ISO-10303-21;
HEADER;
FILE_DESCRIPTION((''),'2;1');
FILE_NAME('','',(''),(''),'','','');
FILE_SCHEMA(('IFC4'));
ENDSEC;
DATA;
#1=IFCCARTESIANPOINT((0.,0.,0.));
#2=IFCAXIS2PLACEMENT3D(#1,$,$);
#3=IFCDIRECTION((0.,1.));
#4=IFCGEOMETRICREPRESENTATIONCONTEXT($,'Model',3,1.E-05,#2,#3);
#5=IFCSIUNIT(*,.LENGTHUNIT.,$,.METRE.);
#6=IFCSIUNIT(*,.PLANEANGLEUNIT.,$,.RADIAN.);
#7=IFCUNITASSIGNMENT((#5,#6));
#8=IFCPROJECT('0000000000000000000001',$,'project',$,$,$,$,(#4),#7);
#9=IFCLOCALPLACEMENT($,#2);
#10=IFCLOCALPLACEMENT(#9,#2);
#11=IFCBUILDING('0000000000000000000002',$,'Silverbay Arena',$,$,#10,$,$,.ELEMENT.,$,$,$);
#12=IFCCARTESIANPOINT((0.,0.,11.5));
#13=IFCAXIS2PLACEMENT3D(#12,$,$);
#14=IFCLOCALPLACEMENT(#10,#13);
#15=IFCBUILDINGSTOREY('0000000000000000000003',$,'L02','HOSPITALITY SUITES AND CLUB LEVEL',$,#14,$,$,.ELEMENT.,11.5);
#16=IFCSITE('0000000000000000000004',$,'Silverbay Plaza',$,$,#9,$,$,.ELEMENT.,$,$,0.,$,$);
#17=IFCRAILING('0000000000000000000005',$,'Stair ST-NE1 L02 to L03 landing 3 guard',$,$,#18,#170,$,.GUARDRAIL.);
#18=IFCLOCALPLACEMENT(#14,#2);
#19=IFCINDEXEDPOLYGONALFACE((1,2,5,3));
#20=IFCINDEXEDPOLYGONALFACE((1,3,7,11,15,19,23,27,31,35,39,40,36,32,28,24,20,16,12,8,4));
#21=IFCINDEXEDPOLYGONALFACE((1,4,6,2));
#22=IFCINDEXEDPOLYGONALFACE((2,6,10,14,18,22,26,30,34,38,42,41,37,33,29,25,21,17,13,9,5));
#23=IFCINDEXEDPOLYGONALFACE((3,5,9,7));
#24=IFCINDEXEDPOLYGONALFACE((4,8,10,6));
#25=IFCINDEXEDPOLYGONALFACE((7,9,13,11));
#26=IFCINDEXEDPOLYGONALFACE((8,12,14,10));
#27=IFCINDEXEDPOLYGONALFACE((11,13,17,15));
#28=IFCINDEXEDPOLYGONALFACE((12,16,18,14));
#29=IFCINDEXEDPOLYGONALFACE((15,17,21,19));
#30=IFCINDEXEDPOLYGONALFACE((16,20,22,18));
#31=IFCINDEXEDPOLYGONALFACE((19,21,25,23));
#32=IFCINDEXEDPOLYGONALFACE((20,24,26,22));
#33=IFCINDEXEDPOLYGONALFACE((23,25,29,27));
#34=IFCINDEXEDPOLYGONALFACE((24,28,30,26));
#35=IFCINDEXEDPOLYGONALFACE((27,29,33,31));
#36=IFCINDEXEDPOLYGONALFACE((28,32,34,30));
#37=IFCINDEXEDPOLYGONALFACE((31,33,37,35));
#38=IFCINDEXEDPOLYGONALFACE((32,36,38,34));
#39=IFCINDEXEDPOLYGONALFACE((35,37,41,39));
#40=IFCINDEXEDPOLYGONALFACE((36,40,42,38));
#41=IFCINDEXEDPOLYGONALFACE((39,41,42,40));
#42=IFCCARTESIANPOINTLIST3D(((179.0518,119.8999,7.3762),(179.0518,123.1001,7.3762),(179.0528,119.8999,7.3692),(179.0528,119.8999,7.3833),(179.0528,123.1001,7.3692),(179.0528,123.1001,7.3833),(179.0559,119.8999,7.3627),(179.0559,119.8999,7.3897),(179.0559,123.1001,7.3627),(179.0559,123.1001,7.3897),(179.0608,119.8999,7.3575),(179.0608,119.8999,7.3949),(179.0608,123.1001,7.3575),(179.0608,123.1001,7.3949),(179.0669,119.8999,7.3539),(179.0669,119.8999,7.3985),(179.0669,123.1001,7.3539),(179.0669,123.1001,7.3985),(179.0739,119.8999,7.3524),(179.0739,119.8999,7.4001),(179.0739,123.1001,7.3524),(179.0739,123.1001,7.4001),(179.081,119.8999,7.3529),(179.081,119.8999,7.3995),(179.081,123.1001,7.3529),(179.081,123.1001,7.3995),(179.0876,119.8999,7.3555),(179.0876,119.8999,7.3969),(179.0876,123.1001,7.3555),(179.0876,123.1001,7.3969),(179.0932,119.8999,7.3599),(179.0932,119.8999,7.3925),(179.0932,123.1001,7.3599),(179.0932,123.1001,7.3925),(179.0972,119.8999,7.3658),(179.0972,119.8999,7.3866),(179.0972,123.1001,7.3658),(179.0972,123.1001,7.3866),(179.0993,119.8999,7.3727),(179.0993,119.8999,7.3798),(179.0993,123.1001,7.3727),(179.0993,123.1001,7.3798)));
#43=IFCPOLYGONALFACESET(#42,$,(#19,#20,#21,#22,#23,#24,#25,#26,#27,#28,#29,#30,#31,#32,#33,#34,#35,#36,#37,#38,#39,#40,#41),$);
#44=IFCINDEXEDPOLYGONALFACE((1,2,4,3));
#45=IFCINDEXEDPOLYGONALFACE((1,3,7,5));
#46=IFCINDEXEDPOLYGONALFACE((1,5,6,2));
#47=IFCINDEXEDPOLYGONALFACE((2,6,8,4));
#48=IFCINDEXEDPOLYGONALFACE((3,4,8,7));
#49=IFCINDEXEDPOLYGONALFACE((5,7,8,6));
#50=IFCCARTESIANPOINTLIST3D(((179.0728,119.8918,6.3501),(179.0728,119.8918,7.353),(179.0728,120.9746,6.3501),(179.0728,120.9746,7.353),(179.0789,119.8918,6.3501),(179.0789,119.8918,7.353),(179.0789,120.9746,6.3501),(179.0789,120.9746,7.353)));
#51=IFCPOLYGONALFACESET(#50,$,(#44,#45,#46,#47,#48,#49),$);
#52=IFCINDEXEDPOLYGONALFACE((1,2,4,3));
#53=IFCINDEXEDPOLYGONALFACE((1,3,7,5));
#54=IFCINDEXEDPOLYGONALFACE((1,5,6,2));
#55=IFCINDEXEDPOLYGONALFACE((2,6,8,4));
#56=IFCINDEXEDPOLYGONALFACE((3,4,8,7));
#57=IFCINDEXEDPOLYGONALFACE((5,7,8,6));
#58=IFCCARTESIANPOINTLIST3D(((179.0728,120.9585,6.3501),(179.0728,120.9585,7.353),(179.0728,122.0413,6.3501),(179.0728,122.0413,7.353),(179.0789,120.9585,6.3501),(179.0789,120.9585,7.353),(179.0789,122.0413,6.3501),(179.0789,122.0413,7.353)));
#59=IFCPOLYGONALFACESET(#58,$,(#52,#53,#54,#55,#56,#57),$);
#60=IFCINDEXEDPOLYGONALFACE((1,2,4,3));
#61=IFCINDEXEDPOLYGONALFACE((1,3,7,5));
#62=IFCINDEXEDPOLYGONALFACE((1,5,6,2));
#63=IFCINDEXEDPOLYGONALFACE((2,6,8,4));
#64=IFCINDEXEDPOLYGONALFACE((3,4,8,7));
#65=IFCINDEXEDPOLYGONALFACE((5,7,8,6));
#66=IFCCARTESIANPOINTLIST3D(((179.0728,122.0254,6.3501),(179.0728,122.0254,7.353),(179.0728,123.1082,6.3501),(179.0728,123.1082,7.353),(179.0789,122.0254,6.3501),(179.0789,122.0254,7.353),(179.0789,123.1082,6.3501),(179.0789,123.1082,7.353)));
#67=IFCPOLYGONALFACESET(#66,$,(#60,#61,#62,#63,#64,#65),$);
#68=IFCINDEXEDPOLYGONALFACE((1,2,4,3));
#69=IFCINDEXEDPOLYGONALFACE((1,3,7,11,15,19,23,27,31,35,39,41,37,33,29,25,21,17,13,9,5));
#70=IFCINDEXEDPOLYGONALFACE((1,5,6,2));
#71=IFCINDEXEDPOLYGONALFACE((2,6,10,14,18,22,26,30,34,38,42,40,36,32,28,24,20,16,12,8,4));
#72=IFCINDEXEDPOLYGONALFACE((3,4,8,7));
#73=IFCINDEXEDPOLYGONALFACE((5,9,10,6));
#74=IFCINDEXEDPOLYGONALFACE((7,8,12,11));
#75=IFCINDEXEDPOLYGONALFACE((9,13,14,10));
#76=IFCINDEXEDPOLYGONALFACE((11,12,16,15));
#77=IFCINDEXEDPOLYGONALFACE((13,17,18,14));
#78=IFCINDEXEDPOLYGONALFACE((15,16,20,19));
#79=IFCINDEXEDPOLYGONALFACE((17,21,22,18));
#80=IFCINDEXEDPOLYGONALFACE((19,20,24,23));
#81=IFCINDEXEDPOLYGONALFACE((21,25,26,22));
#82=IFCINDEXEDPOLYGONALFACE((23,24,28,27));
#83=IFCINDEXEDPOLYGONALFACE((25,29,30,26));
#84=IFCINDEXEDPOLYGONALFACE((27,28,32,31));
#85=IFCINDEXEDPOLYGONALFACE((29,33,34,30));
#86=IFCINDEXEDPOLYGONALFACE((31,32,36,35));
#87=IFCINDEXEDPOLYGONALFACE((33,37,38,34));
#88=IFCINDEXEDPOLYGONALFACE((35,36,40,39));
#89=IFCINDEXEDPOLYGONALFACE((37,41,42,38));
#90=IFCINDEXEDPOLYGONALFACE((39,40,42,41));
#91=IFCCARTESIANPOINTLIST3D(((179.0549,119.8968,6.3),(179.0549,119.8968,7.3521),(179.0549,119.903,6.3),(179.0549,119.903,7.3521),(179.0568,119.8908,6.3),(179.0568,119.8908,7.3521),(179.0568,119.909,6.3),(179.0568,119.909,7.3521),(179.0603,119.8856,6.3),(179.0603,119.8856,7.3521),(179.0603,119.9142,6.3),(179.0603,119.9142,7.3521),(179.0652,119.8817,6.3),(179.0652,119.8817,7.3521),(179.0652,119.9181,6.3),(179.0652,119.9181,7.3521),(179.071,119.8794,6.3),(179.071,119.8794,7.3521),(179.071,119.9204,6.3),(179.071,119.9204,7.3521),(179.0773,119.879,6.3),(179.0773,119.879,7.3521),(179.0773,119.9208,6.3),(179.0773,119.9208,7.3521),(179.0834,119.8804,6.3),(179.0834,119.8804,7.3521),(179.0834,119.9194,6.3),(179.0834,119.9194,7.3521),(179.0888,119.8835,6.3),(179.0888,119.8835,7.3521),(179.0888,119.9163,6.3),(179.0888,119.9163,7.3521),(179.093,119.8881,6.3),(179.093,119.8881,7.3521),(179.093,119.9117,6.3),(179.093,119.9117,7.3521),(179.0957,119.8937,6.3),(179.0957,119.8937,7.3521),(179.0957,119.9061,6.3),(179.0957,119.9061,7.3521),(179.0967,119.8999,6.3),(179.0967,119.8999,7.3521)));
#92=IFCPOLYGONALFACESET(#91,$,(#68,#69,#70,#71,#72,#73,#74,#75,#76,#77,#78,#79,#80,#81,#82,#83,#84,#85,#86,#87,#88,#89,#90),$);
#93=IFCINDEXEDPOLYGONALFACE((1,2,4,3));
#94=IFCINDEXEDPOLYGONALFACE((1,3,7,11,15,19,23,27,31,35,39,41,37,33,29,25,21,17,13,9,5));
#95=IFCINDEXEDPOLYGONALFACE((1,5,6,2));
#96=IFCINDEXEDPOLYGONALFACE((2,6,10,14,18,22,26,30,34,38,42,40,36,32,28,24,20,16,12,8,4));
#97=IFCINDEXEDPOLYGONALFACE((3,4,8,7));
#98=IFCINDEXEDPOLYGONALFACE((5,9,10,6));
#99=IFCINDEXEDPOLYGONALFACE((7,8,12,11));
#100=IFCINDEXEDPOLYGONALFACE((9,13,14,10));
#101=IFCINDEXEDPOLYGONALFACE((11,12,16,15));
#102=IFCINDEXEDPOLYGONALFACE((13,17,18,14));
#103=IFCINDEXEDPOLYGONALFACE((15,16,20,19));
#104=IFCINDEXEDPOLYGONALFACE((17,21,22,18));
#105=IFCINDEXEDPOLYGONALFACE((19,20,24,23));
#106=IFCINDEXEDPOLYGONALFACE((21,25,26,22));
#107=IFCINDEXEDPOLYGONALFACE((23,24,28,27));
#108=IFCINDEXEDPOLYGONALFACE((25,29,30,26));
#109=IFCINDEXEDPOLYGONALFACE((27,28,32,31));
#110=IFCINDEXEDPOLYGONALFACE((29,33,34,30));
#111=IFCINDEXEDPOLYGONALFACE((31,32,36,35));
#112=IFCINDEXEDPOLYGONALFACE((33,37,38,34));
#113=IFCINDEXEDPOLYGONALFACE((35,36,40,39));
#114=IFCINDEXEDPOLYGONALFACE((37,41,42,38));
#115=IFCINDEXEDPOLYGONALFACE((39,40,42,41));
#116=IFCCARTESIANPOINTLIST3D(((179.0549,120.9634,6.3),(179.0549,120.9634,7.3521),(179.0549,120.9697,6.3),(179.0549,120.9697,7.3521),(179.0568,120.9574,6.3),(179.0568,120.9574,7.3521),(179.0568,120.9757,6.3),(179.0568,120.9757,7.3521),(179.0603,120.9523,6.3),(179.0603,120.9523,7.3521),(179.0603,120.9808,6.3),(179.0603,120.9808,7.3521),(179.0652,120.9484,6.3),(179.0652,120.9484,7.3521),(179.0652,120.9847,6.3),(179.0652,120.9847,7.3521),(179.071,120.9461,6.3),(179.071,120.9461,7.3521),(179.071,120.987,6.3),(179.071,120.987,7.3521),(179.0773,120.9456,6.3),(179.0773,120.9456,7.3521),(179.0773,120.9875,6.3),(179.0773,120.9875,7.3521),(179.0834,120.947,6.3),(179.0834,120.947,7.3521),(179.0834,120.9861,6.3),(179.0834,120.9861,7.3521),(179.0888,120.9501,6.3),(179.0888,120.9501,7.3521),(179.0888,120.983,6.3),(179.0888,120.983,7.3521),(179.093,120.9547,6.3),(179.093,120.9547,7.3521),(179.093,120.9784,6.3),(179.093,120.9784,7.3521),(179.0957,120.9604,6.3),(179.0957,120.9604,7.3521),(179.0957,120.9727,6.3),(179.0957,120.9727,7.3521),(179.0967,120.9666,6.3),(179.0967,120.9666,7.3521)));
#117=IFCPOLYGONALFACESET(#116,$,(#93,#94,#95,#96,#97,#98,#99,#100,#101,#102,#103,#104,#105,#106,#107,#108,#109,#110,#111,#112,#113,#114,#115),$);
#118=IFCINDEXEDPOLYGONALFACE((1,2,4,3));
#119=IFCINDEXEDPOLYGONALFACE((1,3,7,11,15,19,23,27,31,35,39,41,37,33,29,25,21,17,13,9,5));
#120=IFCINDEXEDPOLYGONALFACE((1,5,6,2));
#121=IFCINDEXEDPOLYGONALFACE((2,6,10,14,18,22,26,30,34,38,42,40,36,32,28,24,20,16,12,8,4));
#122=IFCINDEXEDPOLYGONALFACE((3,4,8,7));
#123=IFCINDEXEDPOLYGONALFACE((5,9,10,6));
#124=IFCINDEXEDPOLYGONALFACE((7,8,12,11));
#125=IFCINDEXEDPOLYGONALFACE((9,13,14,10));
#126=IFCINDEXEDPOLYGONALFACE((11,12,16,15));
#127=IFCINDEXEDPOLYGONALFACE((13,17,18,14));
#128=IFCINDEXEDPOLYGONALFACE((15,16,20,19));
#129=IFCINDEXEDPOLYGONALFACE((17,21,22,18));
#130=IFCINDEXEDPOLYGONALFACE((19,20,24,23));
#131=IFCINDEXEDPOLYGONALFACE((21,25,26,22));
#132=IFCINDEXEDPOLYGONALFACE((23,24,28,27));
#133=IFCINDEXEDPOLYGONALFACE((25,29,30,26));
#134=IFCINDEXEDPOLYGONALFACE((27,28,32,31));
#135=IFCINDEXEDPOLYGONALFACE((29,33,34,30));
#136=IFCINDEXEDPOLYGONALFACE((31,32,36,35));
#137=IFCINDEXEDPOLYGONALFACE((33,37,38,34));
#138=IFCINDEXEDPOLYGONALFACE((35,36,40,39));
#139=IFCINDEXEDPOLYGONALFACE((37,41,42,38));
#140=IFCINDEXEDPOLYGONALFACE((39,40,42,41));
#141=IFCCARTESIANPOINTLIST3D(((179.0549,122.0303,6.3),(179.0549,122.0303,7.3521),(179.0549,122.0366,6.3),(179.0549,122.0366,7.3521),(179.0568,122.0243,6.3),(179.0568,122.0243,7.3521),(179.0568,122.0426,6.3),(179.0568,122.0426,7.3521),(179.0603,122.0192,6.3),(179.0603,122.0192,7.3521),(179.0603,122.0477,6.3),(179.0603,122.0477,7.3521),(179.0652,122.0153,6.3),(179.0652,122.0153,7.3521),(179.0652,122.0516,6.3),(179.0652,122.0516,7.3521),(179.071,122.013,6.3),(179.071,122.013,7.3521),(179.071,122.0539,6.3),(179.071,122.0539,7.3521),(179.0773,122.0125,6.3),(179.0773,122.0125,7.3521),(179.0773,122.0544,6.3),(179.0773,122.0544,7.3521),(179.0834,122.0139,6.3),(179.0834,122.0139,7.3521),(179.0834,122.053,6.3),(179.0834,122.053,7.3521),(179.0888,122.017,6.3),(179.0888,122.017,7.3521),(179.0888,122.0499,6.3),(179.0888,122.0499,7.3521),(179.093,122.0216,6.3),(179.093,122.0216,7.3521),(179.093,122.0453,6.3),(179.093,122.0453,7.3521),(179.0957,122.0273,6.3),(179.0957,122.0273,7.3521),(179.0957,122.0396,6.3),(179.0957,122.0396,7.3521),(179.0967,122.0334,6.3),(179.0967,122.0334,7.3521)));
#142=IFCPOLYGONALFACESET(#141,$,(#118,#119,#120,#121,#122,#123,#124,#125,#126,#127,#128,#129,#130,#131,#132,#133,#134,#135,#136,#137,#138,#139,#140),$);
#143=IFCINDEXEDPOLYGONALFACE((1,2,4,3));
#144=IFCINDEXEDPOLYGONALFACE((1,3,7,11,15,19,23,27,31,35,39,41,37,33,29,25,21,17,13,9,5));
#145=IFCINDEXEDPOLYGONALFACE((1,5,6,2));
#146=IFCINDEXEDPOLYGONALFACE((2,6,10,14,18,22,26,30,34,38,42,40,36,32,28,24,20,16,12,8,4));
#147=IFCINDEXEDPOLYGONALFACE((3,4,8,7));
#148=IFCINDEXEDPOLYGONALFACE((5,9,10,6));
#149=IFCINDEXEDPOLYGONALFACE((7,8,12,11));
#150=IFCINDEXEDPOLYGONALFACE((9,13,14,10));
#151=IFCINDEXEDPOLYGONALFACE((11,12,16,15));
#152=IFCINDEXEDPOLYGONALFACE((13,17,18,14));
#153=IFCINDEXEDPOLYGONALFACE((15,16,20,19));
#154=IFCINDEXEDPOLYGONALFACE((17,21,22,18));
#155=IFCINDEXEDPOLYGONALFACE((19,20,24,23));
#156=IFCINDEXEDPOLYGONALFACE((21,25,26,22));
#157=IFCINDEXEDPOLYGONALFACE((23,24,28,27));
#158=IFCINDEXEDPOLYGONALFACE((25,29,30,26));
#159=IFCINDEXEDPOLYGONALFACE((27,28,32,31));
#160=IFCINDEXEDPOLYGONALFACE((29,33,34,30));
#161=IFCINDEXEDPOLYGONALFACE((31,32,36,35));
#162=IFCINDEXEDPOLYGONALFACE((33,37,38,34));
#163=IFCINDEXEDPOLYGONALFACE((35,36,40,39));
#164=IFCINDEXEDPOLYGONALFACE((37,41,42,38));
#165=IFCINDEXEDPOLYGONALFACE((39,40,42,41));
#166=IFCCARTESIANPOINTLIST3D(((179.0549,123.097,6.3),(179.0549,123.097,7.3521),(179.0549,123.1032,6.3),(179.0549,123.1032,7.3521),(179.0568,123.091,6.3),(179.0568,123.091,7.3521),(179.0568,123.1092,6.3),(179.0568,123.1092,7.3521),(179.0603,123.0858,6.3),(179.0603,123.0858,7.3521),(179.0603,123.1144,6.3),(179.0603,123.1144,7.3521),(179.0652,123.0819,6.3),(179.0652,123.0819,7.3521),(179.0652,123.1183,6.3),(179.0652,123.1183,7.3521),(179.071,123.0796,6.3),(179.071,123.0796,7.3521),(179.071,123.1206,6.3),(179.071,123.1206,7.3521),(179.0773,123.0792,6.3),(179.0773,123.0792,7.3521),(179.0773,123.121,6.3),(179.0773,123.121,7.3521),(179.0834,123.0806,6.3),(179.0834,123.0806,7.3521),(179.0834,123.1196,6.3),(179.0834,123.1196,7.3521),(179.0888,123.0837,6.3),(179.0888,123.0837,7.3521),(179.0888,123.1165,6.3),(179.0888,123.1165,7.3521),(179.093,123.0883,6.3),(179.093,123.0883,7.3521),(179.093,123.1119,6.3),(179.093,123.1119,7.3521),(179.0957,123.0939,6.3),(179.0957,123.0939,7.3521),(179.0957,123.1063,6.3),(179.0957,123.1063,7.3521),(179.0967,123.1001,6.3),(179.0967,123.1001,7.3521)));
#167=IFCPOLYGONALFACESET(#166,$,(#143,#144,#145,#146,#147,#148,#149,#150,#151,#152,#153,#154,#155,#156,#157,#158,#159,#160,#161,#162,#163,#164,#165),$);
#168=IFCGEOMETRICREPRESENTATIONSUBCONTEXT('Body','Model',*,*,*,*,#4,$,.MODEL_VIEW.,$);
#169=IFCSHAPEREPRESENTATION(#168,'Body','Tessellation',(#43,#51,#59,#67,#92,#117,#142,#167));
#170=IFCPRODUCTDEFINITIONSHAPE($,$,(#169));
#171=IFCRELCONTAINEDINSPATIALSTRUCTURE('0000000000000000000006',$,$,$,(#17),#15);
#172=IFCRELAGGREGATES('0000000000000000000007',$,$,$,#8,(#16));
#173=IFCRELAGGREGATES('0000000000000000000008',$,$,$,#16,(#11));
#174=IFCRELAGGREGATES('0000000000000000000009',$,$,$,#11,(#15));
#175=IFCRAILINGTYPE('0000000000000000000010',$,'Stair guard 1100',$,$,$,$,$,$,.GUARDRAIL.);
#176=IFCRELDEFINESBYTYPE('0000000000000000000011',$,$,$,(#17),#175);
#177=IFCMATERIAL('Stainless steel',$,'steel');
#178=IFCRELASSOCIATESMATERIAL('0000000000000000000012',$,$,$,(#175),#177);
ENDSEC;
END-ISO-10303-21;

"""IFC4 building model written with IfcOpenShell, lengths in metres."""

from ifc_helpers import new_model, si_unit, direction, frame, origin, origin_2d, place, context, subcontext, project, spatial, polyline, circle, outline, extrude, material, type_object, element, save


model = new_model("IFC4")

# Units and contexts
model_context = context("Model", 3, precision=1e-05, world=origin(), true_north=direction((0.0, 1.0)))
body_context = subcontext(model_context, "Body", "Model", "MODEL_VIEW")
ifc_project = project(units=[si_unit("LENGTHUNIT", "METRE"), si_unit("PLANEANGLEUNIT", "RADIAN")], contexts=[model_context])

# Site, building, storey
site_placement = place(None, origin())
site = spatial("IfcSite", under=ifc_project, at=site_placement, Name="Silverbay Plaza", CompositionType="ELEMENT", RefElevation=0.0)
building_placement = place(site_placement, origin())
building = spatial("IfcBuilding", under=site, at=building_placement, Name="Silverbay Arena", CompositionType="ELEMENT")
storey_placement = place(building_placement, frame((0.0, 0.0, 11.5)))
storey = spatial("IfcBuildingStorey", under=building, at=storey_placement, Name="L02", Description="HOSPITALITY SUITES AND CLUB LEVEL", CompositionType="ELEMENT", Elevation=11.5)

# Railing
ifc_material_1 = material(Name="Stainless steel", Category="steel")
railing_type_1 = type_object("IfcRailingType", Name="Stair guard 1100", PredefinedType="GUARDRAIL", material=ifc_material_1)
for number, where, name in (
    (1, (179.0757, 119.8999, 6.3), "Stair ST-NE1 L02 to L03 landing 3 guard"),
):
    element("IfcRailing", number, at=place(storey_placement, frame(where)), inside=storey, type_object=railing_type_1, Name=name, PredefinedType="GUARDRAIL", context=body_context, shape_type="SweptSolid", body=[
        extrude(circle(Radius=0.0239, at=origin_2d()), frame((0.0, 0.0, 1.0762), z_axis=(0.0, 1.0, 0.0), x_axis=(-1.0, 0.0, 0.0)), (0.0, 0.0, 1.0), 3.2002),
        extrude(outline(polyline([(-0.0081, 0.05), (1.0747, 0.05), (1.0747, 1.053), (-0.0081, 1.053), (-0.0081, 0.05)])), frame((-0.0029, 0.0, 0.0), z_axis=(1.0, 0.0, 0.0), x_axis=(0.0, 1.0, 0.0)), (0.0, 0.0, 1.0), 0.0061),
        extrude(outline(polyline([(-0.0081, 0.05), (1.0747, 0.05), (1.0747, 1.053), (-0.0081, 1.053), (-0.0081, 0.05)])), frame((-0.0029, 1.0667, 0.0), z_axis=(1.0, 0.0, 0.0), x_axis=(0.0, 1.0, 0.0)), (0.0, 0.0, 1.0), 0.0061),
        extrude(outline(polyline([(-0.0081, 0.05), (1.0747, 0.05), (1.0747, 1.053), (-0.0081, 1.053), (-0.0081, 0.05)])), frame((-0.0029, 2.1335, 0.0), z_axis=(1.0, 0.0, 0.0), x_axis=(0.0, 1.0, 0.0)), (0.0, 0.0, 1.0), 0.0061),
        extrude(circle(Radius=0.021, at=origin_2d()), origin(), (0.0, 0.0, 1.0), 1.052),
        extrude(circle(Radius=0.021, at=origin_2d()), frame((0.0, 1.0667, 0.0)), (0.0, 0.0, 1.0), 1.052),
        extrude(circle(Radius=0.021, at=origin_2d()), frame((0.0, 2.1335, 0.0)), (0.0, 0.0, 1.0), 1.052),
        extrude(circle(Radius=0.021, at=origin_2d()), frame((0.0, 3.2002, 0.0)), (0.0, 0.0, 1.0), 1.052),
    ])

save(model, "model.ifc")
